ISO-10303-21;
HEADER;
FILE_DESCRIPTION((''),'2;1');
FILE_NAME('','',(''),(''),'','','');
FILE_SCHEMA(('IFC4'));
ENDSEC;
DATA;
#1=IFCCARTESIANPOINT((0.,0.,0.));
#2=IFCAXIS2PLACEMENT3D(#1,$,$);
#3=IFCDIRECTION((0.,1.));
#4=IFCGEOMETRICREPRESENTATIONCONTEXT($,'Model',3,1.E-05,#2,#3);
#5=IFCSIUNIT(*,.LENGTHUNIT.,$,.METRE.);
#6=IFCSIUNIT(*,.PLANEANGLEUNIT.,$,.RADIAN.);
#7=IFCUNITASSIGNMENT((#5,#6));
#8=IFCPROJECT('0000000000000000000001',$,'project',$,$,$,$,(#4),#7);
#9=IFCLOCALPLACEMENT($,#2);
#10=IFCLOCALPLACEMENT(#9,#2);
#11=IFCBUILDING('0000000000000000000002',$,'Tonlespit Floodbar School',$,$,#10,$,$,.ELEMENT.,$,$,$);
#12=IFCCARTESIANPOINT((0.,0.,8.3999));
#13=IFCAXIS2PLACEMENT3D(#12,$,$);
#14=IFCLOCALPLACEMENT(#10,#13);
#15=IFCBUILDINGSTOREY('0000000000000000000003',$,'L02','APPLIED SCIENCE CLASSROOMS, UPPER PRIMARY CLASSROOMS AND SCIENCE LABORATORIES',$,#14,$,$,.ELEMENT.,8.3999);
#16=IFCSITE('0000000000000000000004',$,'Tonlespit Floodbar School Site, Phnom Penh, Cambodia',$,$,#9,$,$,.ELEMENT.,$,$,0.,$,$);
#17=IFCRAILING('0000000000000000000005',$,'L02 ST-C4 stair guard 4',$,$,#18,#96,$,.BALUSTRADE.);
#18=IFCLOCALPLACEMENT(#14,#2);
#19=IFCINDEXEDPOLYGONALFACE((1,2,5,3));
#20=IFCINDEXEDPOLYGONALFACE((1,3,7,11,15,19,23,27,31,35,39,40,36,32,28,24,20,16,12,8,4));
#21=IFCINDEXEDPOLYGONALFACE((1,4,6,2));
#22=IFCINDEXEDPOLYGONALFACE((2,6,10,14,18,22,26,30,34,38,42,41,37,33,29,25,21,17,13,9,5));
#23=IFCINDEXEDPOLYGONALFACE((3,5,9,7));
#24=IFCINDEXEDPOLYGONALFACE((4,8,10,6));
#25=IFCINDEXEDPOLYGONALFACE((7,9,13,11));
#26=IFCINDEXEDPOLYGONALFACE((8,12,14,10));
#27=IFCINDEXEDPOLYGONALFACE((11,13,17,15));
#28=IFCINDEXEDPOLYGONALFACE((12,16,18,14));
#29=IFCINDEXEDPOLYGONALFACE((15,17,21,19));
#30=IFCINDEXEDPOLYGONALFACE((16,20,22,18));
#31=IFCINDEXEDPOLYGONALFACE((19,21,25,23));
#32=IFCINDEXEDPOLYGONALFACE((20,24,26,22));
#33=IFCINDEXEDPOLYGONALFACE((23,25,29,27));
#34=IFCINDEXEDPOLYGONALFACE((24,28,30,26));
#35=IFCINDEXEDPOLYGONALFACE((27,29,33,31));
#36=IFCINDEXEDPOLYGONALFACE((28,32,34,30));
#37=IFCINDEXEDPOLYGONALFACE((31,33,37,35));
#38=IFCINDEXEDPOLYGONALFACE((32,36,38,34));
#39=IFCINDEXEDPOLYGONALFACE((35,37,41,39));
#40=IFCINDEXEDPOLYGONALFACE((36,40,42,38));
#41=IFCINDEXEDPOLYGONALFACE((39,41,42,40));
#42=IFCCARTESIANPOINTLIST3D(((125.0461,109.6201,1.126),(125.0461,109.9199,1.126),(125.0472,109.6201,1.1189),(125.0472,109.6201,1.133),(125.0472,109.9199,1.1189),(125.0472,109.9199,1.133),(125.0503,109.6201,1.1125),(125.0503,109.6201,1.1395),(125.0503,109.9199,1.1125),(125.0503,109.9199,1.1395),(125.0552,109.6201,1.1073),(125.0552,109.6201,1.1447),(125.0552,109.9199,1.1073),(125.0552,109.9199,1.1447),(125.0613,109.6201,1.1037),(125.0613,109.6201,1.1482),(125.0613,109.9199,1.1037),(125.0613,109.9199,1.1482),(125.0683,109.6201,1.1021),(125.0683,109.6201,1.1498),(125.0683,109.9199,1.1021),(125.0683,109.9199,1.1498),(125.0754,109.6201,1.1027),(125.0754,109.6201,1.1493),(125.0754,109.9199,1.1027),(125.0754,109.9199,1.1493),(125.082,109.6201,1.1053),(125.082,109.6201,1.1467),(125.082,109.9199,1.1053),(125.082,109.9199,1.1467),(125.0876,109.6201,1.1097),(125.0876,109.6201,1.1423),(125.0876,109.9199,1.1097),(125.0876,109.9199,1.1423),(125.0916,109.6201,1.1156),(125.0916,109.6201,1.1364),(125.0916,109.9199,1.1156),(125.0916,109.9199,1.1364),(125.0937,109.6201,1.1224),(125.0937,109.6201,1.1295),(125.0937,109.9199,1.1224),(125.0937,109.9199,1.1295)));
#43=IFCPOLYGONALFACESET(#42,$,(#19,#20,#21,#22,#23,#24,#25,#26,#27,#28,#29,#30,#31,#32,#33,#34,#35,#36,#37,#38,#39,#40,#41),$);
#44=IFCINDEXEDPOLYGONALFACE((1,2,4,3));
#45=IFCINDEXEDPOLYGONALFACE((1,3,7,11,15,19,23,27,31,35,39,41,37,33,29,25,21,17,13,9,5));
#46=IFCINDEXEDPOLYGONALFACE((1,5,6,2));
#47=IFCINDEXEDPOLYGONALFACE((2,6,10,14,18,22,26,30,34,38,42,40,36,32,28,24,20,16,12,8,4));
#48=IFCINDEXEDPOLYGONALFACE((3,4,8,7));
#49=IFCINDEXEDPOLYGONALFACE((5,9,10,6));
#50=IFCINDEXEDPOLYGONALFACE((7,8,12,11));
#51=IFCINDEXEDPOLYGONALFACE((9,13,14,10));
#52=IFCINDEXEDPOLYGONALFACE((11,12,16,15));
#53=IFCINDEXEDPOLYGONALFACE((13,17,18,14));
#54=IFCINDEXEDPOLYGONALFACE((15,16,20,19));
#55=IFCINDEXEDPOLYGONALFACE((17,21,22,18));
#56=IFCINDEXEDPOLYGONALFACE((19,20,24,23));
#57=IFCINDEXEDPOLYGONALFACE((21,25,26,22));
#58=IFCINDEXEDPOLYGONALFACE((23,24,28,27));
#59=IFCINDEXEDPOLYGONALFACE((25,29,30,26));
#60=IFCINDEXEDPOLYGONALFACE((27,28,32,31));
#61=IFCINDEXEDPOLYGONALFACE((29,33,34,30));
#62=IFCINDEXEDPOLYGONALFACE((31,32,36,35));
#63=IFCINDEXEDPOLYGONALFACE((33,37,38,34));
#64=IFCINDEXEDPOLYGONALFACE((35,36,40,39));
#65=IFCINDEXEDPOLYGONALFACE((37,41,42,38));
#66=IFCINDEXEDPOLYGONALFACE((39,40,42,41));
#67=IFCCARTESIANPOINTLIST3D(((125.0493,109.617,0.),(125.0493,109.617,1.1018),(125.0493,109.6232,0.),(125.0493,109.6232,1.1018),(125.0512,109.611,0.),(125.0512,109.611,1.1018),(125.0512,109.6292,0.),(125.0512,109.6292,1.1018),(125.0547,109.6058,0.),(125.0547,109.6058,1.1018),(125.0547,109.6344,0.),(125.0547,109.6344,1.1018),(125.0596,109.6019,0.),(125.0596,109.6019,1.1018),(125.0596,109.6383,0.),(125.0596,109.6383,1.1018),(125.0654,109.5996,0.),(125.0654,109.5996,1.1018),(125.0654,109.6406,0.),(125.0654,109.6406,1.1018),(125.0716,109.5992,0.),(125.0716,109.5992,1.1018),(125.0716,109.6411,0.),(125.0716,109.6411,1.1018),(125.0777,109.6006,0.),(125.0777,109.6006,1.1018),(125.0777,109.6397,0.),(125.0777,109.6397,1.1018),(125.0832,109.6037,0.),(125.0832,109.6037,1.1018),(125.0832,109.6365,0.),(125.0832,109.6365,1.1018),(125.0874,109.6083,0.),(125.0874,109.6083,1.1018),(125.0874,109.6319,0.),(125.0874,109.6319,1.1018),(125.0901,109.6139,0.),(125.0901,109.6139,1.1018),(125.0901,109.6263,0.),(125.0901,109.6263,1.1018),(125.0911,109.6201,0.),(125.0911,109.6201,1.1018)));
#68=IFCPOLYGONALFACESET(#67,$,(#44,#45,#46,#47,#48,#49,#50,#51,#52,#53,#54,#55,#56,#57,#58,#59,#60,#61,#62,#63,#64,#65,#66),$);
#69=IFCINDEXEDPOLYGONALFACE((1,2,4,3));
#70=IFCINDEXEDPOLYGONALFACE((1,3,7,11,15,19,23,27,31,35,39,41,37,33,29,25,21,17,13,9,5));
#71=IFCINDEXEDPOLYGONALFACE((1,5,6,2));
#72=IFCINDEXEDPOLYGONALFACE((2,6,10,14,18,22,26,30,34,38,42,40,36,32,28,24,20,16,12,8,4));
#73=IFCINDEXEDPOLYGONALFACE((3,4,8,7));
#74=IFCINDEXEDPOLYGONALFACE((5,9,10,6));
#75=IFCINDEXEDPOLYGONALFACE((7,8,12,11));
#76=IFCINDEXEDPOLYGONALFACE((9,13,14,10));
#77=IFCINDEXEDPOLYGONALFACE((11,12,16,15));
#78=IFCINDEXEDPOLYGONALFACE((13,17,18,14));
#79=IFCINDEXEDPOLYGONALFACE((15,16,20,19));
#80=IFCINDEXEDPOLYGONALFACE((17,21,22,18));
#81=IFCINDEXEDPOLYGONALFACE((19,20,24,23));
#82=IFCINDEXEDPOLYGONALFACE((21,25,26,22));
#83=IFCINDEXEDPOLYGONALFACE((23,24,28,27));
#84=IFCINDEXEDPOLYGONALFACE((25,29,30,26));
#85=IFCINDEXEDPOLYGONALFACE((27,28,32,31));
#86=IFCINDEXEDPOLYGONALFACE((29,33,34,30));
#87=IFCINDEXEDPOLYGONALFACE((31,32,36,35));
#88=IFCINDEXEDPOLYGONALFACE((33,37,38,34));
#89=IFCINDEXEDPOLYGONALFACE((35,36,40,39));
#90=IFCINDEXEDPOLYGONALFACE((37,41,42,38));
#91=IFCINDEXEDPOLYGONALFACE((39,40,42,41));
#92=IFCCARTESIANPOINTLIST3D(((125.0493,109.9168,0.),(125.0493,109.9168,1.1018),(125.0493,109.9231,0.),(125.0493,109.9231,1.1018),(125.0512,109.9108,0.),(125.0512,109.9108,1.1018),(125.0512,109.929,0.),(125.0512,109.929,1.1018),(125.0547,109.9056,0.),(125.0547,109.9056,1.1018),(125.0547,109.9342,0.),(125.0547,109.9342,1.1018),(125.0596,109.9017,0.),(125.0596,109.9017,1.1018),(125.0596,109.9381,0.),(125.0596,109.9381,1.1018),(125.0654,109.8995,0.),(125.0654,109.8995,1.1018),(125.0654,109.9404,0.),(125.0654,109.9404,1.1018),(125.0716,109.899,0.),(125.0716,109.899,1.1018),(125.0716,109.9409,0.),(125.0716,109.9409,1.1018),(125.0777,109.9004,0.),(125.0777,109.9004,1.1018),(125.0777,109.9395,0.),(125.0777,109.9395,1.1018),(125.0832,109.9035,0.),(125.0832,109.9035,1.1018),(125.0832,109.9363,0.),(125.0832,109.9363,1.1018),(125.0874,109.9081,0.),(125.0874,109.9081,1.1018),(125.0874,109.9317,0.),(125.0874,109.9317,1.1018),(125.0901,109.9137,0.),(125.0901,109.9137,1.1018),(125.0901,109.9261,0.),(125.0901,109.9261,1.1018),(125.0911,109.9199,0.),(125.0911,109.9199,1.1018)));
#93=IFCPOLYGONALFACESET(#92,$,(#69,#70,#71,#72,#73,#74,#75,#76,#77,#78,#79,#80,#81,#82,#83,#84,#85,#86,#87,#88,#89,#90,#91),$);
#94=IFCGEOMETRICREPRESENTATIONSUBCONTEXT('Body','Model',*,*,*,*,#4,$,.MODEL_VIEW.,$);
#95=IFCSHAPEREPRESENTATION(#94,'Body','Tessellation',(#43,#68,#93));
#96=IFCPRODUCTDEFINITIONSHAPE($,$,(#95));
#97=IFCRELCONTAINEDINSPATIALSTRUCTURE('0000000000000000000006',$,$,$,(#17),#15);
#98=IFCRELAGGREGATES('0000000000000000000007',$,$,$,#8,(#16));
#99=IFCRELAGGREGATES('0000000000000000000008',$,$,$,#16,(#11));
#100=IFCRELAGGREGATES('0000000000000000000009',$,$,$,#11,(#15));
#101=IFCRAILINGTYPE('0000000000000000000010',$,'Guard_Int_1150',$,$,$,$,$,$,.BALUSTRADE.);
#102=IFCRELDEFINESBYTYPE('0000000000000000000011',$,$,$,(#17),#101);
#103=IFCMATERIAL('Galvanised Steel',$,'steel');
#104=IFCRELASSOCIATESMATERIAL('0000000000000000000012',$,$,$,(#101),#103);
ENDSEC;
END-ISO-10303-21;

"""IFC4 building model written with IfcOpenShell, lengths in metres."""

from ifc_helpers import new_model, si_unit, direction, frame, origin, origin_2d, place, context, subcontext, project, spatial, circle, extrude, material, type_object, element, save


model = new_model("IFC4")

# Units and contexts
model_context = context("Model", 3, precision=1e-05, world=origin(), true_north=direction((0.0, 1.0)))
body_context = subcontext(model_context, "Body", "Model", "MODEL_VIEW")
ifc_project = project(units=[si_unit("LENGTHUNIT", "METRE"), si_unit("PLANEANGLEUNIT", "RADIAN")], contexts=[model_context])

# Site, building, storey
site_placement = place(None, origin())
site = spatial("IfcSite", under=ifc_project, at=site_placement, Name="Tonlespit Floodbar School Site, Phnom Penh, Cambodia", CompositionType="ELEMENT", RefElevation=0.0)
building_placement = place(site_placement, origin())
building = spatial("IfcBuilding", under=site, at=building_placement, Name="Tonlespit Floodbar School", CompositionType="ELEMENT")
storey_placement = place(building_placement, frame((0.0, 0.0, 8.3999)))
storey = spatial("IfcBuildingStorey", under=building, at=storey_placement, Name="L02", Description="APPLIED SCIENCE CLASSROOMS, UPPER PRIMARY CLASSROOMS AND SCIENCE LABORATORIES", CompositionType="ELEMENT", Elevation=8.3999)

# Railing
ifc_material_1 = material(Name="Galvanised Steel", Category="steel")
railing_type_1 = type_object("IfcRailingType", Name="Guard_Int_1150", PredefinedType="BALUSTRADE", material=ifc_material_1)
railing_1_placement = place(storey_placement, frame((125.0701, 109.6201, 0.0)))
element("IfcRailing", 1, at=railing_1_placement, inside=storey, type_object=railing_type_1, Name="L02 ST-C4 stair guard 4", PredefinedType="BALUSTRADE", context=body_context, shape_type="SweptSolid", body=[
    extrude(circle(Radius=0.0239, at=origin_2d()), frame((0.0, 0.0, 1.126), z_axis=(0.0, 1.0, 0.0), x_axis=(-1.0, 0.0, 0.0)), (0.0, 0.0, 1.0), 0.2998),
    extrude(circle(Radius=0.021, at=origin_2d()), origin(), (0.0, 0.0, 1.0), 1.1018),
    extrude(circle(Radius=0.021, at=origin_2d()), frame((0.0, 0.2998, 0.0)), (0.0, 0.0, 1.0), 1.1018),
])

save(model, "model.ifc")
